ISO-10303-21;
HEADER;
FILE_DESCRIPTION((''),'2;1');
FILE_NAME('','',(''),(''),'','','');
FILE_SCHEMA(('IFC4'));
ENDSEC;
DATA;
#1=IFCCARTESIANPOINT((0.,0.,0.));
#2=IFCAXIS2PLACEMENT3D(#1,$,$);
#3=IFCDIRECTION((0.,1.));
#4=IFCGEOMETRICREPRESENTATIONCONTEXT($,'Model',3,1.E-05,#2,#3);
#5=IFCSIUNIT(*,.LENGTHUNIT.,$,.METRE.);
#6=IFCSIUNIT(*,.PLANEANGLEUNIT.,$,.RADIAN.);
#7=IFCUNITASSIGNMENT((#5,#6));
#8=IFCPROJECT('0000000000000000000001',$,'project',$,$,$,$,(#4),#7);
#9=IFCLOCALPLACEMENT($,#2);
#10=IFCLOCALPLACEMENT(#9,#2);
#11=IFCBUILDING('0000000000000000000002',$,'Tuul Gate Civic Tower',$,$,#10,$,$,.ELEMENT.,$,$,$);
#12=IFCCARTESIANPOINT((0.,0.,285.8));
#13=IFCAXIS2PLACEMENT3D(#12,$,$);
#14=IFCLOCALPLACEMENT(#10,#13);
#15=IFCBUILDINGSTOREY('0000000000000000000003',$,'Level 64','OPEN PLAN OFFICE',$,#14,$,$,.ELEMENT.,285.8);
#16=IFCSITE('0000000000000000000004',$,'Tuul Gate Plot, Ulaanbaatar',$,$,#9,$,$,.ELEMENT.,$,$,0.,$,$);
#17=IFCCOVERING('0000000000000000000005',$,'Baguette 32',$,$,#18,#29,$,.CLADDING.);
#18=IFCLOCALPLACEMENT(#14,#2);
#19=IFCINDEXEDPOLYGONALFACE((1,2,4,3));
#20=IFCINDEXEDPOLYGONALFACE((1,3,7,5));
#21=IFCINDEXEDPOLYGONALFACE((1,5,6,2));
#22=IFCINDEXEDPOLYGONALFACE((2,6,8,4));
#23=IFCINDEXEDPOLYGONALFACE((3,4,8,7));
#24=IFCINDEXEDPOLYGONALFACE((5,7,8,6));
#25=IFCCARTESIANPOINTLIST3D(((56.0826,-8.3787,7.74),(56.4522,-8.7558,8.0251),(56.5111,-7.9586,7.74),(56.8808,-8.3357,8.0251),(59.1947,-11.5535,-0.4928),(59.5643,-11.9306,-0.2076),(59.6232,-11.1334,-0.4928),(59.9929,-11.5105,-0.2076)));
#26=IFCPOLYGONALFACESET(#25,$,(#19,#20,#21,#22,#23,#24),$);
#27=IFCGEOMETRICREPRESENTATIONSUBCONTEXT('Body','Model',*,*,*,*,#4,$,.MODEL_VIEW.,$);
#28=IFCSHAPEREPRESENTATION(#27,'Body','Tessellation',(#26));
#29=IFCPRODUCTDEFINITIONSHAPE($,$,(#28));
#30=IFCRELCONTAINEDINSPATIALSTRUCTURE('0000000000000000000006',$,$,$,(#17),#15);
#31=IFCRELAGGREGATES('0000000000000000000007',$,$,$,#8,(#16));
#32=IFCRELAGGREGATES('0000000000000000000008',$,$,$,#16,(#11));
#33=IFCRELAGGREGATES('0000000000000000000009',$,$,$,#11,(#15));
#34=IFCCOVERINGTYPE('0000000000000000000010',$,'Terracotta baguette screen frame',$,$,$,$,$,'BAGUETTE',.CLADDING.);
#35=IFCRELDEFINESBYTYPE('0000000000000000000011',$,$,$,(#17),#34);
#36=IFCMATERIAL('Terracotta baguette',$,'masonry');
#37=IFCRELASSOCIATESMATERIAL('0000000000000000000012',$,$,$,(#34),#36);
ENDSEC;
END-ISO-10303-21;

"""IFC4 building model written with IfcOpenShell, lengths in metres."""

from ifc_helpers import new_model, si_unit, direction, frame, origin, origin_2d, place, context, subcontext, project, spatial, rectangle, extrude, material, material_profile, profile_set, type_object, element, save


model = new_model("IFC4")

# Units and contexts
model_context = context("Model", 3, precision=1e-05, world=origin(), true_north=direction((0.0, 1.0)))
body_context = subcontext(model_context, "Body", "Model", "MODEL_VIEW")
ifc_project = project(units=[si_unit("LENGTHUNIT", "METRE"), si_unit("PLANEANGLEUNIT", "RADIAN")], contexts=[model_context])

# Site, building, storey
site_placement = place(None, origin())
site = spatial("IfcSite", under=ifc_project, at=site_placement, Name="Tuul Gate Plot, Ulaanbaatar", CompositionType="ELEMENT", RefElevation=0.0)
building_placement = place(site_placement, origin())
building = spatial("IfcBuilding", under=site, at=building_placement, Name="Tuul Gate Civic Tower", CompositionType="ELEMENT")
storey_placement = place(building_placement, frame((0.0, 0.0, 285.8)))
storey = spatial("IfcBuildingStorey", under=building, at=storey_placement, Name="Level 64", Description="OPEN PLAN OFFICE", CompositionType="ELEMENT", Elevation=285.8)

# Covering
ifc_material_1 = material(Name="Terracotta baguette", Category="masonry")
ifc_material_profile_1 = material_profile(ifc_material_1, rectangle(XDim=0.6001, YDim=0.6001, at=origin_2d()), Name="Terracotta baguette screen frame")
ifc_profile_set_1 = profile_set([ifc_material_profile_1], Name="Terracotta baguette")
covering_type = type_object("IfcCoveringType", Name="Terracotta baguette screen frame", ElementType="BAGUETTE", PredefinedType="CLADDING", material=ifc_profile_set_1)
covering_placement = place(storey_placement, frame((56.4817, -8.3572, 7.8826), z_axis=(0.332615, -0.339321, -0.879902), x_axis=(0.714128, 0.700015, 0.0)))
element("IfcCovering", 1, at=covering_placement, inside=storey, type_object=covering_type, Name="Baguette 32", PredefinedType="CLADDING", context=body_context, shape_type="SweptSolid", body=[
    extrude(rectangle(XDim=0.6001, YDim=0.6001, at=origin_2d()), origin(), (0.0, 0.0, 1.0), 9.3564),
])

save(model, "model.ifc")
